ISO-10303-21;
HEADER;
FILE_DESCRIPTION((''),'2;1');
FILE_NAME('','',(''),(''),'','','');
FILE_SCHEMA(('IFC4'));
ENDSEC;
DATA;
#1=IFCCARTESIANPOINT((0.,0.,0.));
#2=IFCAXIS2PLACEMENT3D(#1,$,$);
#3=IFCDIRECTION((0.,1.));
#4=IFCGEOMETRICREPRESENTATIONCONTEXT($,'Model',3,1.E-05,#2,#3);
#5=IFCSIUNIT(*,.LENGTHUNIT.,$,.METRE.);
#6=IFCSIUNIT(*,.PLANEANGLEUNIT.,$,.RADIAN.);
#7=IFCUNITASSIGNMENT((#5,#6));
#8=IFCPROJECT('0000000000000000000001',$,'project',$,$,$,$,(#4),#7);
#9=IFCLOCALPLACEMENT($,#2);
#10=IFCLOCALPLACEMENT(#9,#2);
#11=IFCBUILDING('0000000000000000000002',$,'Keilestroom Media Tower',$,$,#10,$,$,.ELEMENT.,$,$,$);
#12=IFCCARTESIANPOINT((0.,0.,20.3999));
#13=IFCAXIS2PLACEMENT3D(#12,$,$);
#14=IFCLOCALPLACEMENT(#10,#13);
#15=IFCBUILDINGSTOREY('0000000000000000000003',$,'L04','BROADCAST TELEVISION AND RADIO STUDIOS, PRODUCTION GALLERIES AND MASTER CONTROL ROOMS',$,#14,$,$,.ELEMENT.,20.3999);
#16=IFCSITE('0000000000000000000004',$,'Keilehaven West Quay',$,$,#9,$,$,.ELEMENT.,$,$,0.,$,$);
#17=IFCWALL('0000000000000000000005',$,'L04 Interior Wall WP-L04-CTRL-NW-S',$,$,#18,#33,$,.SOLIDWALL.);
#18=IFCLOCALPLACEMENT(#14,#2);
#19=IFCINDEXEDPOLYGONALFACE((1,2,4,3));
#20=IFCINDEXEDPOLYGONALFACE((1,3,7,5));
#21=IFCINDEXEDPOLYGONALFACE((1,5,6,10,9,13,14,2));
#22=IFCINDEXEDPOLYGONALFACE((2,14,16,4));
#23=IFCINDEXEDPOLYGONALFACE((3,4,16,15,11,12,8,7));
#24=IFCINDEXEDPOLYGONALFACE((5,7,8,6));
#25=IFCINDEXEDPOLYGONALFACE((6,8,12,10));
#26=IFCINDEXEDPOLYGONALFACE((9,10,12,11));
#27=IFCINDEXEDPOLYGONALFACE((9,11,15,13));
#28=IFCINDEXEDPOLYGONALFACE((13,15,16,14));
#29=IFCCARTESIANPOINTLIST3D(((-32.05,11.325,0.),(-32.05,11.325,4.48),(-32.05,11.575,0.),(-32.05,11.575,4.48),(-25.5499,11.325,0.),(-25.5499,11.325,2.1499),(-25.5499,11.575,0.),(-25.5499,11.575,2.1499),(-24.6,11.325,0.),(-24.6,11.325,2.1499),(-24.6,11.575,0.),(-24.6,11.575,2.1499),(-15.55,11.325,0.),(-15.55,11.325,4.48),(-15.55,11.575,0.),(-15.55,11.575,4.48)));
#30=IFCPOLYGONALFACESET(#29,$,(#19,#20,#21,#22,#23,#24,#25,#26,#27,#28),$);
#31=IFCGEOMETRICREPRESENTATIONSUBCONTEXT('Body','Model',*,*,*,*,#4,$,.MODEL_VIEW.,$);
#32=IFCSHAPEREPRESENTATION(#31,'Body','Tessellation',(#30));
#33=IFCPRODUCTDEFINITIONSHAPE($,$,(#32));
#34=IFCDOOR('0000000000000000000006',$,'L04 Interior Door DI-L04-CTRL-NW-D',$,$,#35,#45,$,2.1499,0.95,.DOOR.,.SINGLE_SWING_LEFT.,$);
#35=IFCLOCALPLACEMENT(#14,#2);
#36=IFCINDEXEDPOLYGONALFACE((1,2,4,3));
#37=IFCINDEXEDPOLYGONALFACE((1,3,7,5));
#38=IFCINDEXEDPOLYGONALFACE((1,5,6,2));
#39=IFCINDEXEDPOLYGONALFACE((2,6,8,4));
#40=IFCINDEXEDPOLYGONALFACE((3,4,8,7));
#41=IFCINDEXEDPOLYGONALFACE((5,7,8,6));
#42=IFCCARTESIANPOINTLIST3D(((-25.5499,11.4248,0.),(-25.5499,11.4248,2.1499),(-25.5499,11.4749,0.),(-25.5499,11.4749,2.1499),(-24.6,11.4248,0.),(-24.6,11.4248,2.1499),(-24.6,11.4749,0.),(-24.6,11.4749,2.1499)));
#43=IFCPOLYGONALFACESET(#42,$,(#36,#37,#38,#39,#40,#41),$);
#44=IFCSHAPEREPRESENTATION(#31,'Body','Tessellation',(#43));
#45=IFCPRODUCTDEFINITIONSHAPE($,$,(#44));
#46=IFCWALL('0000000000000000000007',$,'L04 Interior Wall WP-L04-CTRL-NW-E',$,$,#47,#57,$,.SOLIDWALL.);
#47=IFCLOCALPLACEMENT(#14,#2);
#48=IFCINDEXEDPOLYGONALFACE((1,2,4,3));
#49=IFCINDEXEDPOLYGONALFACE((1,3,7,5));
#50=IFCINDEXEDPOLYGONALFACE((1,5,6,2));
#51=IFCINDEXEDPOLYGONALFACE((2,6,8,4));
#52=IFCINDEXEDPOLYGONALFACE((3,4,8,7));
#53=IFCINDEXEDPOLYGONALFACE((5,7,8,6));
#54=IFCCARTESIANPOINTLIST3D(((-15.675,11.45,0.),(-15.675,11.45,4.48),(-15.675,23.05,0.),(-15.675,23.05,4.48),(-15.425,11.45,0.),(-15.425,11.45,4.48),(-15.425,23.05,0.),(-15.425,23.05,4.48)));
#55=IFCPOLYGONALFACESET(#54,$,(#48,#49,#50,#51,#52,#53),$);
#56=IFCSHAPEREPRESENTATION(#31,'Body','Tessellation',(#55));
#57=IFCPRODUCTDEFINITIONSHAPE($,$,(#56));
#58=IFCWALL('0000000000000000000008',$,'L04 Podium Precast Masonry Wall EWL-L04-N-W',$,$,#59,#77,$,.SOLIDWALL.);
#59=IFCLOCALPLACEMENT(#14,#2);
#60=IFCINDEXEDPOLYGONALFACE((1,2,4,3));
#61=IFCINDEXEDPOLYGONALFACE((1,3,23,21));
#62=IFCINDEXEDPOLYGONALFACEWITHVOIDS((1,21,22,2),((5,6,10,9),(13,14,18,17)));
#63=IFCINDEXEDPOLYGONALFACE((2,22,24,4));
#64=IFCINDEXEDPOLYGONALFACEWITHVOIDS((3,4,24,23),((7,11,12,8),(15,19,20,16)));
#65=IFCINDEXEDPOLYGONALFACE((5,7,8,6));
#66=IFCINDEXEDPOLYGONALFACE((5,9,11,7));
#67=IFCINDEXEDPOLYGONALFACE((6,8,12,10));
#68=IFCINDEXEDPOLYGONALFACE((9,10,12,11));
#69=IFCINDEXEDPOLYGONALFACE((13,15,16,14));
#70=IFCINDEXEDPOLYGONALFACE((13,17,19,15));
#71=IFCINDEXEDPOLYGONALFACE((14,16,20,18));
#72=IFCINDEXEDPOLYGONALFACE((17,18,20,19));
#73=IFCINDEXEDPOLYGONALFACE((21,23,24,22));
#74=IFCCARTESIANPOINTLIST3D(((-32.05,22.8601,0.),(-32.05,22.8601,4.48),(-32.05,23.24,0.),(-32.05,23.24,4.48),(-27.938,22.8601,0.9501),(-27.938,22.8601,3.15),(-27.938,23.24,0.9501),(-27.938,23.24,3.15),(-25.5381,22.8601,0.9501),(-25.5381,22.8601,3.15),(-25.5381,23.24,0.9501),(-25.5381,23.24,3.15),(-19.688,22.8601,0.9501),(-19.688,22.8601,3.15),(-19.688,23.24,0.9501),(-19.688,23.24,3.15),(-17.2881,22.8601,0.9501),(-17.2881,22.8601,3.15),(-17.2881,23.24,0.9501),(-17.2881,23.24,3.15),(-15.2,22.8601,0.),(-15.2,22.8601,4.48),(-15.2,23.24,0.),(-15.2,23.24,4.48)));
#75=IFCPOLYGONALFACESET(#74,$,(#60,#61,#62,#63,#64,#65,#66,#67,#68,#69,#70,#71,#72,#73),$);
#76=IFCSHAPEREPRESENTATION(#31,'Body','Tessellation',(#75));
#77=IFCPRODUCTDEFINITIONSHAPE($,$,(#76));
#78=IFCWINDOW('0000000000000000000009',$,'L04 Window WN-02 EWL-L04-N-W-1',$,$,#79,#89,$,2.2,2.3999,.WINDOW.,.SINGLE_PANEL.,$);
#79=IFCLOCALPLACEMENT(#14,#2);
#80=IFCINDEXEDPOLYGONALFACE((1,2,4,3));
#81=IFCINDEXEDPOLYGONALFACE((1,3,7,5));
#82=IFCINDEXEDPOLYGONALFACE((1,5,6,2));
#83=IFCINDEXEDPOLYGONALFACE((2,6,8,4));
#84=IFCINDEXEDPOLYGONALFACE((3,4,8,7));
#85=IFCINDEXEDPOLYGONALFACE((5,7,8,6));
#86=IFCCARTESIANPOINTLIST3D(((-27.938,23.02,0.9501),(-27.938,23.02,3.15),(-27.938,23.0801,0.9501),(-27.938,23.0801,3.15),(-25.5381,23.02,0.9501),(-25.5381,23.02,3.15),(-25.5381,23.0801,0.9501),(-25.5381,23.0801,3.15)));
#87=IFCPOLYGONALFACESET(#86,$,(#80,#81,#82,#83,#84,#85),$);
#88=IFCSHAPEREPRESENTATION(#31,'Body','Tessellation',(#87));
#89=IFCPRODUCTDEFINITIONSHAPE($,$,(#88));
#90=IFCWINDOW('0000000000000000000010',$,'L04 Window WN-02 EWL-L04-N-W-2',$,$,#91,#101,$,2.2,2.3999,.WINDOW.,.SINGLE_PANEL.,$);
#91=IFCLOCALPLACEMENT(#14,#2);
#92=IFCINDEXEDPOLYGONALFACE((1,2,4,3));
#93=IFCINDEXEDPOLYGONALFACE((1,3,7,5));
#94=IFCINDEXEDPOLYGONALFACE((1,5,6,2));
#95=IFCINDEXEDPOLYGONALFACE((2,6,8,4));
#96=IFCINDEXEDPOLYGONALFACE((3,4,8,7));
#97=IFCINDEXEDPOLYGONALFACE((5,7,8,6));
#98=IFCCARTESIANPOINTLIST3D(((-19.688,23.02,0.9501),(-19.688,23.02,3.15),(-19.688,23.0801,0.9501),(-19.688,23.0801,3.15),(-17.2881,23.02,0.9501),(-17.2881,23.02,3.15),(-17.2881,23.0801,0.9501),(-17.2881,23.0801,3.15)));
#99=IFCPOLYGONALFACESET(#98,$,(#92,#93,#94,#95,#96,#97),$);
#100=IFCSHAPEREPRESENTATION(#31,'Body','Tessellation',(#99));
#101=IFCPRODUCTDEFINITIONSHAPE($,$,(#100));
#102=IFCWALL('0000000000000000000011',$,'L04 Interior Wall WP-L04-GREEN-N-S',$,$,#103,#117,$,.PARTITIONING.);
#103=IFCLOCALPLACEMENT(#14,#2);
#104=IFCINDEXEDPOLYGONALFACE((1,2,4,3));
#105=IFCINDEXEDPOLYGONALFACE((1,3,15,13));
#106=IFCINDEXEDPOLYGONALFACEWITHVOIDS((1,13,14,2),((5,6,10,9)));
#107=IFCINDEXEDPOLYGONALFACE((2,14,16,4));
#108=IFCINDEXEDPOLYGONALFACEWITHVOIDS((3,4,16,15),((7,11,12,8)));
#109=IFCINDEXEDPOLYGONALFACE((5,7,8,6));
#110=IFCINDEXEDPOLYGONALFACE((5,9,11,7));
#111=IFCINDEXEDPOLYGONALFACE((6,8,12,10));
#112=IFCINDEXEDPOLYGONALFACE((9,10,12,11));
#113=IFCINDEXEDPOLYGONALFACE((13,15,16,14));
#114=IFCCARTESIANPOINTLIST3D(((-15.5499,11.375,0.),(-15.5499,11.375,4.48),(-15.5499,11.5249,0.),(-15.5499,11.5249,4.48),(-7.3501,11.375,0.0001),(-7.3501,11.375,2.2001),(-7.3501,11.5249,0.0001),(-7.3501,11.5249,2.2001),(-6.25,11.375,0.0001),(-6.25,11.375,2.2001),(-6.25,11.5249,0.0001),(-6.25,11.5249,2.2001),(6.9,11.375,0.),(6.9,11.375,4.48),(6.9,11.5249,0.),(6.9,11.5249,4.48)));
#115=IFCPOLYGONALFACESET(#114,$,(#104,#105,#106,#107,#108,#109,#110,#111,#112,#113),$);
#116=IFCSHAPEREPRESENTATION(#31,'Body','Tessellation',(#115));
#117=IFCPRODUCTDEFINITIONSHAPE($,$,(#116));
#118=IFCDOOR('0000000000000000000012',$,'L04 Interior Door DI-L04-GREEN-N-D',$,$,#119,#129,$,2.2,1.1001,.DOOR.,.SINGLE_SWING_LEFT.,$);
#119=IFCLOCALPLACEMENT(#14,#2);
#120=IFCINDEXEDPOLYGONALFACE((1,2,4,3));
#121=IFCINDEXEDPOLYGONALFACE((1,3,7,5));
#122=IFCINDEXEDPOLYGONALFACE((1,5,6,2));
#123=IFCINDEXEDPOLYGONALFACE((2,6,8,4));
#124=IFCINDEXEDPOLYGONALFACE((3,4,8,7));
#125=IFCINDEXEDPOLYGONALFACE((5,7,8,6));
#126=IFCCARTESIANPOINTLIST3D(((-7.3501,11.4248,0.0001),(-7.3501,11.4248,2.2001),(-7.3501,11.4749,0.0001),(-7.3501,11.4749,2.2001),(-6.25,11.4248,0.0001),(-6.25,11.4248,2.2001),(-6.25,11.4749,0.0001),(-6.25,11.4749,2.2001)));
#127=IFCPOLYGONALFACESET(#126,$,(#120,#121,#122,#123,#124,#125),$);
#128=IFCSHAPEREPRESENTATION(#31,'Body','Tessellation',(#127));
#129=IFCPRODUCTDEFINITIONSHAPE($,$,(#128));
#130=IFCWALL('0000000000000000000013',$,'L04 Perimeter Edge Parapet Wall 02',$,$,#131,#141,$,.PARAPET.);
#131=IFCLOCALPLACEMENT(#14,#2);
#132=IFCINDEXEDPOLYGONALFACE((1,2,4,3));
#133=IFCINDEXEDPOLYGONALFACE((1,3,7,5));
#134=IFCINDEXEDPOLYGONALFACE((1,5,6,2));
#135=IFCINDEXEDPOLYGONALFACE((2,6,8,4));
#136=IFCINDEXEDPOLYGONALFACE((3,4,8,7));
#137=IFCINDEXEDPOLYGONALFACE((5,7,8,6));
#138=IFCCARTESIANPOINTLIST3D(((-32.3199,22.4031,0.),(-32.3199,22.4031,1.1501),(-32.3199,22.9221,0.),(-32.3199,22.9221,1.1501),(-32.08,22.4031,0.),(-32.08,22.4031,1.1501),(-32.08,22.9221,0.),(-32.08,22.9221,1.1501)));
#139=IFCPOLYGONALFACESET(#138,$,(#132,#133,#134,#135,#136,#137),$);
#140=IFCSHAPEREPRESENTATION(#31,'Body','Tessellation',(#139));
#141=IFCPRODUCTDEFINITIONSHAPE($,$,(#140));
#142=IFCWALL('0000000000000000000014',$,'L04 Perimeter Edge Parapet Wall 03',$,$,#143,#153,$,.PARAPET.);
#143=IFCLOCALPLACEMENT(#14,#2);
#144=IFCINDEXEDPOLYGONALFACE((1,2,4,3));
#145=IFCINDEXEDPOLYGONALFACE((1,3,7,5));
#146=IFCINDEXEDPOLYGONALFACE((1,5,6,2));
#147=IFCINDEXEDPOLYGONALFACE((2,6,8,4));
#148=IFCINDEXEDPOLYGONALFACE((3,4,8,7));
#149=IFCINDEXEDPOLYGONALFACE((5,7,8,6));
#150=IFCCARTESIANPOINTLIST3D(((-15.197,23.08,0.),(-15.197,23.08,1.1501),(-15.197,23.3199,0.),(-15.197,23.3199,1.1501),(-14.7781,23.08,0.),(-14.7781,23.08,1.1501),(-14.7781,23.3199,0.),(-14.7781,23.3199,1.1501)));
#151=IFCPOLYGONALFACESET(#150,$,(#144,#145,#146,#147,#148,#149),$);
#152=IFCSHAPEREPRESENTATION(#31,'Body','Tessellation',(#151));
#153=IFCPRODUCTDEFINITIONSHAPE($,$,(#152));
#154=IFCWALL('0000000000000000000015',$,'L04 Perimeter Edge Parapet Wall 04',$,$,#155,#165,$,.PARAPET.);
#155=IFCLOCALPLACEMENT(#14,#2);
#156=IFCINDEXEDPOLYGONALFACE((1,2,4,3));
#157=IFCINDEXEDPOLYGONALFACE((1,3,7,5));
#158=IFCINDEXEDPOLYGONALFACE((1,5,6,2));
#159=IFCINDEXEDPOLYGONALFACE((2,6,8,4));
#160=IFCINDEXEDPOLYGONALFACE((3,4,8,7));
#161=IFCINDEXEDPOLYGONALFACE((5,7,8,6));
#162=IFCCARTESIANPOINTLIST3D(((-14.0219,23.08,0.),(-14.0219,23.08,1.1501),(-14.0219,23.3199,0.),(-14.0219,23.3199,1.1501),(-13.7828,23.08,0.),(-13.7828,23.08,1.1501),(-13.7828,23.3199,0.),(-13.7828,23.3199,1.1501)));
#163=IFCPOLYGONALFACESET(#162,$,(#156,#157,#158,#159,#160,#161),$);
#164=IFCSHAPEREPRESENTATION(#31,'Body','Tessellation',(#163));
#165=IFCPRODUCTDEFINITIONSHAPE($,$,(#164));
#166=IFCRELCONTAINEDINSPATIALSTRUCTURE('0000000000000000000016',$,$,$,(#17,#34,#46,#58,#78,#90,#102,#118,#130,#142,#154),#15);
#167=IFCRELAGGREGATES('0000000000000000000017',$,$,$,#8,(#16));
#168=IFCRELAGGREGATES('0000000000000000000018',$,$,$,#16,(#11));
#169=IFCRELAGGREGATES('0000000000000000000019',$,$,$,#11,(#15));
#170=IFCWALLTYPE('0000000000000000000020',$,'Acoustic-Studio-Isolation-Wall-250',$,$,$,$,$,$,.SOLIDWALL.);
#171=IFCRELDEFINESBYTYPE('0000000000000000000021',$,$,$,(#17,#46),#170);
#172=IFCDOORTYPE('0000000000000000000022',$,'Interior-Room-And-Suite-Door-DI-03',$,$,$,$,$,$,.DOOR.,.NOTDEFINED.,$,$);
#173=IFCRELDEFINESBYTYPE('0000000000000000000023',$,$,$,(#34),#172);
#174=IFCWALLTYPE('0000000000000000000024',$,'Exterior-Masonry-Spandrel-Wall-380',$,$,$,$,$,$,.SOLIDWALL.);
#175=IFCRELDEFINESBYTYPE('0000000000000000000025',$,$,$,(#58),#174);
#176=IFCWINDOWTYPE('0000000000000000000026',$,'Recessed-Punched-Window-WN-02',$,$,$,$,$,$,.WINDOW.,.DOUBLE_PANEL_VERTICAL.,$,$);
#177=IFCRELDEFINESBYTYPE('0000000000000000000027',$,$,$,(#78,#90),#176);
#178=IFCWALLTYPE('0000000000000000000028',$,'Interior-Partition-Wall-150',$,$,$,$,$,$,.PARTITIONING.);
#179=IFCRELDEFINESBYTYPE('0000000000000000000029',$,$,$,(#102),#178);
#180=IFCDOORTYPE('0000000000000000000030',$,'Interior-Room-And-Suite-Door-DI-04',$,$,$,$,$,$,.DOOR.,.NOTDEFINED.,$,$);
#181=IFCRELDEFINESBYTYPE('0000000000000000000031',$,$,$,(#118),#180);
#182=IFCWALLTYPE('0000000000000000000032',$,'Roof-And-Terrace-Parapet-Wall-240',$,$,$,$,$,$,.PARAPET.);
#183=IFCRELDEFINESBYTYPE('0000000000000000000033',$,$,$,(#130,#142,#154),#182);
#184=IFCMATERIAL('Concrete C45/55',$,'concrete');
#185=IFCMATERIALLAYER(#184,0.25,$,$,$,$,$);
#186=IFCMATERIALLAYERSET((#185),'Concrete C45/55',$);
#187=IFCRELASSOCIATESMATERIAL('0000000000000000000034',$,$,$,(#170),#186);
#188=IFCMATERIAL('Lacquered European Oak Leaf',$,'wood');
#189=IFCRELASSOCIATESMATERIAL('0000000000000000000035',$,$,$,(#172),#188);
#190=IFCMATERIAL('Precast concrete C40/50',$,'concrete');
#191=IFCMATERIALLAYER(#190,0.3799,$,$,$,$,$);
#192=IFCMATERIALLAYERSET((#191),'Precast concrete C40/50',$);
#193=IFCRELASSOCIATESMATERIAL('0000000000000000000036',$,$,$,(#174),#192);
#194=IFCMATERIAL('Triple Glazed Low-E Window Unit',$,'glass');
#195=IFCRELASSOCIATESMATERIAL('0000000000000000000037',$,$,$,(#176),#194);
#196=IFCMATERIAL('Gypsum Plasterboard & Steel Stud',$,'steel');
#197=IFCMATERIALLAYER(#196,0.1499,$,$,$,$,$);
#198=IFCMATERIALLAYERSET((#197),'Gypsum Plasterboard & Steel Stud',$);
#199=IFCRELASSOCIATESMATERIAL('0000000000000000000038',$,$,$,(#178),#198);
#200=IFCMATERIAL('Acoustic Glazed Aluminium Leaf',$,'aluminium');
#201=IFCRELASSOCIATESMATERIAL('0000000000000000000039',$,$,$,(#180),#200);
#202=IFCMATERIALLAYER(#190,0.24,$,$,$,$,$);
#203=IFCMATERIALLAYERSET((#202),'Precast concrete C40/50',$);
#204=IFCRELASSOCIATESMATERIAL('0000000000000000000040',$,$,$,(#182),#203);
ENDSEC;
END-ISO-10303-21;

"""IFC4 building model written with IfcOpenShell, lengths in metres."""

from ifc_helpers import new_model, si_unit, direction, frame, frame_2d, origin, place, context, subcontext, project, spatial, rectangle, extrude, source, transform, mapped, material, layer, layer_set, type_object, element, fill, save


model = new_model("IFC4")

# Units and contexts
model_context = context("Model", 3, precision=1e-05, world=origin(), true_north=direction((0.0, 1.0)))
body_context = subcontext(model_context, "Body", "Model", "MODEL_VIEW")
ifc_project = project(units=[si_unit("LENGTHUNIT", "METRE"), si_unit("PLANEANGLEUNIT", "RADIAN")], contexts=[model_context])

# Site, building, storey
site_placement = place(None, origin())
site = spatial("IfcSite", under=ifc_project, at=site_placement, Name="Keilehaven West Quay", CompositionType="ELEMENT", RefElevation=0.0)
building_placement = place(site_placement, origin())
building = spatial("IfcBuilding", under=site, at=building_placement, Name="Keilestroom Media Tower", CompositionType="ELEMENT")
storey_placement = place(building_placement, frame((0.0, 0.0, 20.3999)))
storey = spatial("IfcBuildingStorey", under=building, at=storey_placement, Name="L04", Description="BROADCAST TELEVISION AND RADIO STUDIOS, PRODUCTION GALLERIES AND MASTER CONTROL ROOMS", CompositionType="ELEMENT", Elevation=20.3999)

# Shared definitions
ifc_material_1 = material(Name="Precast concrete C40/50", Category="concrete")

# Wall, opening, door
ifc_material_2 = material(Name="Concrete C45/55", Category="concrete")
ifc_layer_1 = layer(ifc_material_2, 0.25)
ifc_layer_set_1 = layer_set([ifc_layer_1], Name="Concrete C45/55")
wall_type_1 = type_object("IfcWallType", Name="Acoustic-Studio-Isolation-Wall-250", PredefinedType="SOLIDWALL", material=ifc_layer_set_1)
wall_1_placement = place(storey_placement, frame((-32.05, 11.45, 0.0), z_axis=(0.0, 0.0, 1.0), x_axis=(1.0, 0.0, 0.0)))
wall_1 = element("IfcWall", 1, at=wall_1_placement, inside=storey, type_object=wall_type_1, Name="L04 Interior Wall WP-L04-CTRL-NW-S", PredefinedType="SOLIDWALL", context=body_context, shape_type="SweptSolid", body=[
    extrude(rectangle(XDim=16.5, YDim=0.25, at=frame_2d((8.25, 0.0))), origin(), (0.0, 0.0, 1.0), 4.48),
])
opening_1_placement = place(wall_1_placement, frame((6.5, 0.0, 0.0)))
opening_1 = element("IfcOpeningElement", 2, at=opening_1_placement, cuts=wall_1, PredefinedType="OPENING", context=body_context, shape_type="SweptSolid", body=[
    extrude(rectangle(XDim=0.95, YDim=2.1499, at=frame_2d((0.4751, 1.075))), frame((0.0, 0.135, 0.0), z_axis=(0.0, -1.0, 0.0), x_axis=(1.0, 0.0, 0.0)), (0.0, 0.0, 1.0), 0.27),
])
ifc_material_3 = material(Name="Lacquered European Oak Leaf", Category="wood")
door_type_1 = type_object("IfcDoorType", Name="Interior-Room-And-Suite-Door-DI-03", OperationType="NOTDEFINED", PredefinedType="DOOR", material=ifc_material_3)
shared_shape_1 = source(origin(), body_context, "Body", "SweptSolid", [
    extrude(rectangle(XDim=0.95, YDim=2.1499, at=frame_2d((0.4751, 1.075))), frame((0.0, 0.0249, 0.0), z_axis=(0.0, -1.0, 0.0), x_axis=(1.0, 0.0, 0.0)), (0.0, 0.0, 1.0), 0.05),
])
door_1_placement = place(opening_1_placement, origin())
door_1 = element("IfcDoor", 3, at=door_1_placement, inside=storey, type_object=door_type_1, Name="L04 Interior Door DI-L04-CTRL-NW-D", OperationType="SINGLE_SWING_LEFT", OverallHeight=2.1499, OverallWidth=0.95, PredefinedType="DOOR", context=body_context, shape_type="MappedRepresentation", body=[
    mapped(shared_shape_1, transform((0.0, 0.0, 0.0), x_axis=(1.0, 0.0, 0.0), y_axis=(0.0, 1.0, 0.0), z_axis=(0.0, 0.0, 1.0), scale=1.0)),
])
fill(opening_1, door_1)

# Wall
wall_2_placement = place(storey_placement, frame((-15.55, 11.45, 0.0), z_axis=(0.0, 0.0, 1.0), x_axis=(0.0, 1.0, 0.0)))
element("IfcWall", 4, at=wall_2_placement, inside=storey, type_object=wall_type_1, Name="L04 Interior Wall WP-L04-CTRL-NW-E", PredefinedType="SOLIDWALL", context=body_context, shape_type="SweptSolid", body=[
    extrude(rectangle(XDim=11.6001, YDim=0.25, at=frame_2d((5.8, 0.0))), origin(), (0.0, 0.0, 1.0), 4.48),
])

# Wall, openings, windows
ifc_layer_2 = layer(ifc_material_1, 0.3799)
ifc_layer_set_2 = layer_set([ifc_layer_2], Name="Precast concrete C40/50")
wall_type_2 = type_object("IfcWallType", Name="Exterior-Masonry-Spandrel-Wall-380", PredefinedType="SOLIDWALL", material=ifc_layer_set_2)
wall_3_placement = place(storey_placement, frame((-32.05, 23.05, 0.0), z_axis=(0.0, 0.0, 1.0), x_axis=(1.0, 0.0, 0.0)))
wall_3 = element("IfcWall", 5, at=wall_3_placement, inside=storey, type_object=wall_type_2, Name="L04 Podium Precast Masonry Wall EWL-L04-N-W", PredefinedType="SOLIDWALL", context=body_context, shape_type="SweptSolid", body=[
    extrude(rectangle(XDim=16.8501, YDim=0.3799, at=frame_2d((8.425, 0.0))), origin(), (0.0, 0.0, 1.0), 4.48),
])
opening_2_placement = place(wall_3_placement, frame((4.1121, 0.0, 0.95)))
opening_2 = element("IfcOpeningElement", 6, at=opening_2_placement, cuts=wall_3, PredefinedType="OPENING", context=body_context, shape_type="SweptSolid", body=[
    extrude(rectangle(XDim=2.3999, YDim=2.2, at=frame_2d((1.2, 1.1001))), frame((0.0, 0.2, 0.0), z_axis=(0.0, -1.0, 0.0), x_axis=(1.0, 0.0, 0.0)), (0.0, 0.0, 1.0), 0.3999),
])
opening_3_placement = place(wall_3_placement, frame((12.3621, 0.0, 0.95)))
opening_3 = element("IfcOpeningElement", 7, at=opening_3_placement, cuts=wall_3, PredefinedType="OPENING", context=body_context, shape_type="SweptSolid", body=[
    extrude(rectangle(XDim=2.3999, YDim=2.2, at=frame_2d((1.2, 1.1001))), frame((0.0, 0.2, 0.0), z_axis=(0.0, -1.0, 0.0), x_axis=(1.0, 0.0, 0.0)), (0.0, 0.0, 1.0), 0.3999),
])
ifc_material_4 = material(Name="Triple Glazed Low-E Window Unit", Category="glass")
window_type = type_object("IfcWindowType", Name="Recessed-Punched-Window-WN-02", PartitioningType="DOUBLE_PANEL_VERTICAL", PredefinedType="WINDOW", material=ifc_material_4)
shared_shape_2 = source(origin(), body_context, "Body", "SweptSolid", [
    extrude(rectangle(XDim=2.3999, YDim=2.2, at=frame_2d((1.2, 1.1001))), frame((0.0, 0.03, 0.0), z_axis=(0.0, -1.0, 0.0), x_axis=(1.0, 0.0, 0.0)), (0.0, 0.0, 1.0), 0.0601),
])
window_1_placement = place(opening_2_placement, origin())
window_1 = element("IfcWindow", 8, at=window_1_placement, inside=storey, type_object=window_type, Name="L04 Window WN-02 EWL-L04-N-W-1", OverallHeight=2.2, OverallWidth=2.3999, PartitioningType="SINGLE_PANEL", PredefinedType="WINDOW", context=body_context, shape_type="MappedRepresentation", body=[
    mapped(shared_shape_2, transform((0.0, 0.0, 0.0), x_axis=(1.0, 0.0, 0.0), y_axis=(0.0, 1.0, 0.0), z_axis=(0.0, 0.0, 1.0), scale=1.0)),
])
fill(opening_2, window_1)
window_2_placement = place(opening_3_placement, origin())
window_2 = element("IfcWindow", 9, at=window_2_placement, inside=storey, type_object=window_type, Name="L04 Window WN-02 EWL-L04-N-W-2", OverallHeight=2.2, OverallWidth=2.3999, PartitioningType="SINGLE_PANEL", PredefinedType="WINDOW", context=body_context, shape_type="MappedRepresentation", body=[
    mapped(shared_shape_2, transform((0.0, 0.0, 0.0), x_axis=(1.0, 0.0, 0.0), y_axis=(0.0, 1.0, 0.0), z_axis=(0.0, 0.0, 1.0), scale=1.0)),
])
fill(opening_3, window_2)

# Wall, opening, door
ifc_material_5 = material(Name="Gypsum Plasterboard & Steel Stud", Category="steel")
ifc_layer_3 = layer(ifc_material_5, 0.1499)
ifc_layer_set_3 = layer_set([ifc_layer_3], Name="Gypsum Plasterboard & Steel Stud")
wall_type_3 = type_object("IfcWallType", Name="Interior-Partition-Wall-150", PredefinedType="PARTITIONING", material=ifc_layer_set_3)
wall_4_placement = place(storey_placement, frame((-15.55, 11.45, 0.0), z_axis=(0.0, 0.0, 1.0), x_axis=(1.0, 0.0, 0.0)))
wall_4 = element("IfcWall", 10, at=wall_4_placement, inside=storey, type_object=wall_type_3, Name="L04 Interior Wall WP-L04-GREEN-N-S", PredefinedType="PARTITIONING", context=body_context, shape_type="SweptSolid", body=[
    extrude(rectangle(XDim=22.45, YDim=0.1499, at=frame_2d((11.2251, 0.0))), origin(), (0.0, 0.0, 1.0), 4.48),
])
opening_4_placement = place(wall_4_placement, frame((8.2, 0.0, 0.0)))
opening_4 = element("IfcOpeningElement", 11, at=opening_4_placement, cuts=wall_4, PredefinedType="OPENING", context=body_context, shape_type="SweptSolid", body=[
    extrude(rectangle(XDim=1.1001, YDim=2.2, at=frame_2d((0.55, 1.1001))), frame((0.0, 0.085, 0.0), z_axis=(0.0, -1.0, 0.0), x_axis=(1.0, 0.0, 0.0)), (0.0, 0.0, 1.0), 0.1699),
])
ifc_material_6 = material(Name="Acoustic Glazed Aluminium Leaf", Category="aluminium")
door_type_2 = type_object("IfcDoorType", Name="Interior-Room-And-Suite-Door-DI-04", OperationType="NOTDEFINED", PredefinedType="DOOR", material=ifc_material_6)
shared_shape_3 = source(origin(), body_context, "Body", "SweptSolid", [
    extrude(rectangle(XDim=1.1001, YDim=2.2, at=frame_2d((0.55, 1.1001))), frame((0.0, 0.0249, 0.0), z_axis=(0.0, -1.0, 0.0), x_axis=(1.0, 0.0, 0.0)), (0.0, 0.0, 1.0), 0.05),
])
door_2_placement = place(opening_4_placement, origin())
door_2 = element("IfcDoor", 12, at=door_2_placement, inside=storey, type_object=door_type_2, Name="L04 Interior Door DI-L04-GREEN-N-D", OperationType="SINGLE_SWING_LEFT", OverallHeight=2.2, OverallWidth=1.1001, PredefinedType="DOOR", context=body_context, shape_type="MappedRepresentation", body=[
    mapped(shared_shape_3, transform((0.0, 0.0, 0.0), x_axis=(1.0, 0.0, 0.0), y_axis=(0.0, 1.0, 0.0), z_axis=(0.0, 0.0, 1.0), scale=1.0)),
])
fill(opening_4, door_2)

# Walls
ifc_layer_4 = layer(ifc_material_1, 0.24)
ifc_layer_set_4 = layer_set([ifc_layer_4], Name="Precast concrete C40/50")
wall_type_4 = type_object("IfcWallType", Name="Roof-And-Terrace-Parapet-Wall-240", PredefinedType="PARAPET", material=ifc_layer_set_4)
wall_5_placement = place(storey_placement, frame((-32.2, 22.4031, 0.0), z_axis=(0.0, 0.0, 1.0), x_axis=(0.0, 1.0, 0.0)))
element("IfcWall", 13, at=wall_5_placement, inside=storey, type_object=wall_type_4, Name="L04 Perimeter Edge Parapet Wall 02", PredefinedType="PARAPET", context=body_context, shape_type="SweptSolid", body=[
    extrude(rectangle(XDim=0.519, YDim=0.24, at=frame_2d((0.2595, 0.0))), origin(), (0.0, 0.0, 1.0), 1.1501),
])
wall_6_placement = place(storey_placement, frame((-15.197, 23.2, 0.0), z_axis=(0.0, 0.0, 1.0), x_axis=(1.0, 0.0, 0.0)))
element("IfcWall", 14, at=wall_6_placement, inside=storey, type_object=wall_type_4, Name="L04 Perimeter Edge Parapet Wall 03", PredefinedType="PARAPET", context=body_context, shape_type="SweptSolid", body=[
    extrude(rectangle(XDim=0.4189, YDim=0.24, at=frame_2d((0.2095, 0.0))), origin(), (0.0, 0.0, 1.0), 1.1501),
])
wall_7_placement = place(storey_placement, frame((-14.022, 23.2, 0.0), z_axis=(0.0, 0.0, 1.0), x_axis=(1.0, 0.0, 0.0)))
element("IfcWall", 15, at=wall_7_placement, inside=storey, type_object=wall_type_4, Name="L04 Perimeter Edge Parapet Wall 04", PredefinedType="PARAPET", context=body_context, shape_type="SweptSolid", body=[
    extrude(rectangle(XDim=0.239, YDim=0.24, at=frame_2d((0.1196, 0.0))), origin(), (0.0, 0.0, 1.0), 1.1501),
])

save(model, "model.ifc")
